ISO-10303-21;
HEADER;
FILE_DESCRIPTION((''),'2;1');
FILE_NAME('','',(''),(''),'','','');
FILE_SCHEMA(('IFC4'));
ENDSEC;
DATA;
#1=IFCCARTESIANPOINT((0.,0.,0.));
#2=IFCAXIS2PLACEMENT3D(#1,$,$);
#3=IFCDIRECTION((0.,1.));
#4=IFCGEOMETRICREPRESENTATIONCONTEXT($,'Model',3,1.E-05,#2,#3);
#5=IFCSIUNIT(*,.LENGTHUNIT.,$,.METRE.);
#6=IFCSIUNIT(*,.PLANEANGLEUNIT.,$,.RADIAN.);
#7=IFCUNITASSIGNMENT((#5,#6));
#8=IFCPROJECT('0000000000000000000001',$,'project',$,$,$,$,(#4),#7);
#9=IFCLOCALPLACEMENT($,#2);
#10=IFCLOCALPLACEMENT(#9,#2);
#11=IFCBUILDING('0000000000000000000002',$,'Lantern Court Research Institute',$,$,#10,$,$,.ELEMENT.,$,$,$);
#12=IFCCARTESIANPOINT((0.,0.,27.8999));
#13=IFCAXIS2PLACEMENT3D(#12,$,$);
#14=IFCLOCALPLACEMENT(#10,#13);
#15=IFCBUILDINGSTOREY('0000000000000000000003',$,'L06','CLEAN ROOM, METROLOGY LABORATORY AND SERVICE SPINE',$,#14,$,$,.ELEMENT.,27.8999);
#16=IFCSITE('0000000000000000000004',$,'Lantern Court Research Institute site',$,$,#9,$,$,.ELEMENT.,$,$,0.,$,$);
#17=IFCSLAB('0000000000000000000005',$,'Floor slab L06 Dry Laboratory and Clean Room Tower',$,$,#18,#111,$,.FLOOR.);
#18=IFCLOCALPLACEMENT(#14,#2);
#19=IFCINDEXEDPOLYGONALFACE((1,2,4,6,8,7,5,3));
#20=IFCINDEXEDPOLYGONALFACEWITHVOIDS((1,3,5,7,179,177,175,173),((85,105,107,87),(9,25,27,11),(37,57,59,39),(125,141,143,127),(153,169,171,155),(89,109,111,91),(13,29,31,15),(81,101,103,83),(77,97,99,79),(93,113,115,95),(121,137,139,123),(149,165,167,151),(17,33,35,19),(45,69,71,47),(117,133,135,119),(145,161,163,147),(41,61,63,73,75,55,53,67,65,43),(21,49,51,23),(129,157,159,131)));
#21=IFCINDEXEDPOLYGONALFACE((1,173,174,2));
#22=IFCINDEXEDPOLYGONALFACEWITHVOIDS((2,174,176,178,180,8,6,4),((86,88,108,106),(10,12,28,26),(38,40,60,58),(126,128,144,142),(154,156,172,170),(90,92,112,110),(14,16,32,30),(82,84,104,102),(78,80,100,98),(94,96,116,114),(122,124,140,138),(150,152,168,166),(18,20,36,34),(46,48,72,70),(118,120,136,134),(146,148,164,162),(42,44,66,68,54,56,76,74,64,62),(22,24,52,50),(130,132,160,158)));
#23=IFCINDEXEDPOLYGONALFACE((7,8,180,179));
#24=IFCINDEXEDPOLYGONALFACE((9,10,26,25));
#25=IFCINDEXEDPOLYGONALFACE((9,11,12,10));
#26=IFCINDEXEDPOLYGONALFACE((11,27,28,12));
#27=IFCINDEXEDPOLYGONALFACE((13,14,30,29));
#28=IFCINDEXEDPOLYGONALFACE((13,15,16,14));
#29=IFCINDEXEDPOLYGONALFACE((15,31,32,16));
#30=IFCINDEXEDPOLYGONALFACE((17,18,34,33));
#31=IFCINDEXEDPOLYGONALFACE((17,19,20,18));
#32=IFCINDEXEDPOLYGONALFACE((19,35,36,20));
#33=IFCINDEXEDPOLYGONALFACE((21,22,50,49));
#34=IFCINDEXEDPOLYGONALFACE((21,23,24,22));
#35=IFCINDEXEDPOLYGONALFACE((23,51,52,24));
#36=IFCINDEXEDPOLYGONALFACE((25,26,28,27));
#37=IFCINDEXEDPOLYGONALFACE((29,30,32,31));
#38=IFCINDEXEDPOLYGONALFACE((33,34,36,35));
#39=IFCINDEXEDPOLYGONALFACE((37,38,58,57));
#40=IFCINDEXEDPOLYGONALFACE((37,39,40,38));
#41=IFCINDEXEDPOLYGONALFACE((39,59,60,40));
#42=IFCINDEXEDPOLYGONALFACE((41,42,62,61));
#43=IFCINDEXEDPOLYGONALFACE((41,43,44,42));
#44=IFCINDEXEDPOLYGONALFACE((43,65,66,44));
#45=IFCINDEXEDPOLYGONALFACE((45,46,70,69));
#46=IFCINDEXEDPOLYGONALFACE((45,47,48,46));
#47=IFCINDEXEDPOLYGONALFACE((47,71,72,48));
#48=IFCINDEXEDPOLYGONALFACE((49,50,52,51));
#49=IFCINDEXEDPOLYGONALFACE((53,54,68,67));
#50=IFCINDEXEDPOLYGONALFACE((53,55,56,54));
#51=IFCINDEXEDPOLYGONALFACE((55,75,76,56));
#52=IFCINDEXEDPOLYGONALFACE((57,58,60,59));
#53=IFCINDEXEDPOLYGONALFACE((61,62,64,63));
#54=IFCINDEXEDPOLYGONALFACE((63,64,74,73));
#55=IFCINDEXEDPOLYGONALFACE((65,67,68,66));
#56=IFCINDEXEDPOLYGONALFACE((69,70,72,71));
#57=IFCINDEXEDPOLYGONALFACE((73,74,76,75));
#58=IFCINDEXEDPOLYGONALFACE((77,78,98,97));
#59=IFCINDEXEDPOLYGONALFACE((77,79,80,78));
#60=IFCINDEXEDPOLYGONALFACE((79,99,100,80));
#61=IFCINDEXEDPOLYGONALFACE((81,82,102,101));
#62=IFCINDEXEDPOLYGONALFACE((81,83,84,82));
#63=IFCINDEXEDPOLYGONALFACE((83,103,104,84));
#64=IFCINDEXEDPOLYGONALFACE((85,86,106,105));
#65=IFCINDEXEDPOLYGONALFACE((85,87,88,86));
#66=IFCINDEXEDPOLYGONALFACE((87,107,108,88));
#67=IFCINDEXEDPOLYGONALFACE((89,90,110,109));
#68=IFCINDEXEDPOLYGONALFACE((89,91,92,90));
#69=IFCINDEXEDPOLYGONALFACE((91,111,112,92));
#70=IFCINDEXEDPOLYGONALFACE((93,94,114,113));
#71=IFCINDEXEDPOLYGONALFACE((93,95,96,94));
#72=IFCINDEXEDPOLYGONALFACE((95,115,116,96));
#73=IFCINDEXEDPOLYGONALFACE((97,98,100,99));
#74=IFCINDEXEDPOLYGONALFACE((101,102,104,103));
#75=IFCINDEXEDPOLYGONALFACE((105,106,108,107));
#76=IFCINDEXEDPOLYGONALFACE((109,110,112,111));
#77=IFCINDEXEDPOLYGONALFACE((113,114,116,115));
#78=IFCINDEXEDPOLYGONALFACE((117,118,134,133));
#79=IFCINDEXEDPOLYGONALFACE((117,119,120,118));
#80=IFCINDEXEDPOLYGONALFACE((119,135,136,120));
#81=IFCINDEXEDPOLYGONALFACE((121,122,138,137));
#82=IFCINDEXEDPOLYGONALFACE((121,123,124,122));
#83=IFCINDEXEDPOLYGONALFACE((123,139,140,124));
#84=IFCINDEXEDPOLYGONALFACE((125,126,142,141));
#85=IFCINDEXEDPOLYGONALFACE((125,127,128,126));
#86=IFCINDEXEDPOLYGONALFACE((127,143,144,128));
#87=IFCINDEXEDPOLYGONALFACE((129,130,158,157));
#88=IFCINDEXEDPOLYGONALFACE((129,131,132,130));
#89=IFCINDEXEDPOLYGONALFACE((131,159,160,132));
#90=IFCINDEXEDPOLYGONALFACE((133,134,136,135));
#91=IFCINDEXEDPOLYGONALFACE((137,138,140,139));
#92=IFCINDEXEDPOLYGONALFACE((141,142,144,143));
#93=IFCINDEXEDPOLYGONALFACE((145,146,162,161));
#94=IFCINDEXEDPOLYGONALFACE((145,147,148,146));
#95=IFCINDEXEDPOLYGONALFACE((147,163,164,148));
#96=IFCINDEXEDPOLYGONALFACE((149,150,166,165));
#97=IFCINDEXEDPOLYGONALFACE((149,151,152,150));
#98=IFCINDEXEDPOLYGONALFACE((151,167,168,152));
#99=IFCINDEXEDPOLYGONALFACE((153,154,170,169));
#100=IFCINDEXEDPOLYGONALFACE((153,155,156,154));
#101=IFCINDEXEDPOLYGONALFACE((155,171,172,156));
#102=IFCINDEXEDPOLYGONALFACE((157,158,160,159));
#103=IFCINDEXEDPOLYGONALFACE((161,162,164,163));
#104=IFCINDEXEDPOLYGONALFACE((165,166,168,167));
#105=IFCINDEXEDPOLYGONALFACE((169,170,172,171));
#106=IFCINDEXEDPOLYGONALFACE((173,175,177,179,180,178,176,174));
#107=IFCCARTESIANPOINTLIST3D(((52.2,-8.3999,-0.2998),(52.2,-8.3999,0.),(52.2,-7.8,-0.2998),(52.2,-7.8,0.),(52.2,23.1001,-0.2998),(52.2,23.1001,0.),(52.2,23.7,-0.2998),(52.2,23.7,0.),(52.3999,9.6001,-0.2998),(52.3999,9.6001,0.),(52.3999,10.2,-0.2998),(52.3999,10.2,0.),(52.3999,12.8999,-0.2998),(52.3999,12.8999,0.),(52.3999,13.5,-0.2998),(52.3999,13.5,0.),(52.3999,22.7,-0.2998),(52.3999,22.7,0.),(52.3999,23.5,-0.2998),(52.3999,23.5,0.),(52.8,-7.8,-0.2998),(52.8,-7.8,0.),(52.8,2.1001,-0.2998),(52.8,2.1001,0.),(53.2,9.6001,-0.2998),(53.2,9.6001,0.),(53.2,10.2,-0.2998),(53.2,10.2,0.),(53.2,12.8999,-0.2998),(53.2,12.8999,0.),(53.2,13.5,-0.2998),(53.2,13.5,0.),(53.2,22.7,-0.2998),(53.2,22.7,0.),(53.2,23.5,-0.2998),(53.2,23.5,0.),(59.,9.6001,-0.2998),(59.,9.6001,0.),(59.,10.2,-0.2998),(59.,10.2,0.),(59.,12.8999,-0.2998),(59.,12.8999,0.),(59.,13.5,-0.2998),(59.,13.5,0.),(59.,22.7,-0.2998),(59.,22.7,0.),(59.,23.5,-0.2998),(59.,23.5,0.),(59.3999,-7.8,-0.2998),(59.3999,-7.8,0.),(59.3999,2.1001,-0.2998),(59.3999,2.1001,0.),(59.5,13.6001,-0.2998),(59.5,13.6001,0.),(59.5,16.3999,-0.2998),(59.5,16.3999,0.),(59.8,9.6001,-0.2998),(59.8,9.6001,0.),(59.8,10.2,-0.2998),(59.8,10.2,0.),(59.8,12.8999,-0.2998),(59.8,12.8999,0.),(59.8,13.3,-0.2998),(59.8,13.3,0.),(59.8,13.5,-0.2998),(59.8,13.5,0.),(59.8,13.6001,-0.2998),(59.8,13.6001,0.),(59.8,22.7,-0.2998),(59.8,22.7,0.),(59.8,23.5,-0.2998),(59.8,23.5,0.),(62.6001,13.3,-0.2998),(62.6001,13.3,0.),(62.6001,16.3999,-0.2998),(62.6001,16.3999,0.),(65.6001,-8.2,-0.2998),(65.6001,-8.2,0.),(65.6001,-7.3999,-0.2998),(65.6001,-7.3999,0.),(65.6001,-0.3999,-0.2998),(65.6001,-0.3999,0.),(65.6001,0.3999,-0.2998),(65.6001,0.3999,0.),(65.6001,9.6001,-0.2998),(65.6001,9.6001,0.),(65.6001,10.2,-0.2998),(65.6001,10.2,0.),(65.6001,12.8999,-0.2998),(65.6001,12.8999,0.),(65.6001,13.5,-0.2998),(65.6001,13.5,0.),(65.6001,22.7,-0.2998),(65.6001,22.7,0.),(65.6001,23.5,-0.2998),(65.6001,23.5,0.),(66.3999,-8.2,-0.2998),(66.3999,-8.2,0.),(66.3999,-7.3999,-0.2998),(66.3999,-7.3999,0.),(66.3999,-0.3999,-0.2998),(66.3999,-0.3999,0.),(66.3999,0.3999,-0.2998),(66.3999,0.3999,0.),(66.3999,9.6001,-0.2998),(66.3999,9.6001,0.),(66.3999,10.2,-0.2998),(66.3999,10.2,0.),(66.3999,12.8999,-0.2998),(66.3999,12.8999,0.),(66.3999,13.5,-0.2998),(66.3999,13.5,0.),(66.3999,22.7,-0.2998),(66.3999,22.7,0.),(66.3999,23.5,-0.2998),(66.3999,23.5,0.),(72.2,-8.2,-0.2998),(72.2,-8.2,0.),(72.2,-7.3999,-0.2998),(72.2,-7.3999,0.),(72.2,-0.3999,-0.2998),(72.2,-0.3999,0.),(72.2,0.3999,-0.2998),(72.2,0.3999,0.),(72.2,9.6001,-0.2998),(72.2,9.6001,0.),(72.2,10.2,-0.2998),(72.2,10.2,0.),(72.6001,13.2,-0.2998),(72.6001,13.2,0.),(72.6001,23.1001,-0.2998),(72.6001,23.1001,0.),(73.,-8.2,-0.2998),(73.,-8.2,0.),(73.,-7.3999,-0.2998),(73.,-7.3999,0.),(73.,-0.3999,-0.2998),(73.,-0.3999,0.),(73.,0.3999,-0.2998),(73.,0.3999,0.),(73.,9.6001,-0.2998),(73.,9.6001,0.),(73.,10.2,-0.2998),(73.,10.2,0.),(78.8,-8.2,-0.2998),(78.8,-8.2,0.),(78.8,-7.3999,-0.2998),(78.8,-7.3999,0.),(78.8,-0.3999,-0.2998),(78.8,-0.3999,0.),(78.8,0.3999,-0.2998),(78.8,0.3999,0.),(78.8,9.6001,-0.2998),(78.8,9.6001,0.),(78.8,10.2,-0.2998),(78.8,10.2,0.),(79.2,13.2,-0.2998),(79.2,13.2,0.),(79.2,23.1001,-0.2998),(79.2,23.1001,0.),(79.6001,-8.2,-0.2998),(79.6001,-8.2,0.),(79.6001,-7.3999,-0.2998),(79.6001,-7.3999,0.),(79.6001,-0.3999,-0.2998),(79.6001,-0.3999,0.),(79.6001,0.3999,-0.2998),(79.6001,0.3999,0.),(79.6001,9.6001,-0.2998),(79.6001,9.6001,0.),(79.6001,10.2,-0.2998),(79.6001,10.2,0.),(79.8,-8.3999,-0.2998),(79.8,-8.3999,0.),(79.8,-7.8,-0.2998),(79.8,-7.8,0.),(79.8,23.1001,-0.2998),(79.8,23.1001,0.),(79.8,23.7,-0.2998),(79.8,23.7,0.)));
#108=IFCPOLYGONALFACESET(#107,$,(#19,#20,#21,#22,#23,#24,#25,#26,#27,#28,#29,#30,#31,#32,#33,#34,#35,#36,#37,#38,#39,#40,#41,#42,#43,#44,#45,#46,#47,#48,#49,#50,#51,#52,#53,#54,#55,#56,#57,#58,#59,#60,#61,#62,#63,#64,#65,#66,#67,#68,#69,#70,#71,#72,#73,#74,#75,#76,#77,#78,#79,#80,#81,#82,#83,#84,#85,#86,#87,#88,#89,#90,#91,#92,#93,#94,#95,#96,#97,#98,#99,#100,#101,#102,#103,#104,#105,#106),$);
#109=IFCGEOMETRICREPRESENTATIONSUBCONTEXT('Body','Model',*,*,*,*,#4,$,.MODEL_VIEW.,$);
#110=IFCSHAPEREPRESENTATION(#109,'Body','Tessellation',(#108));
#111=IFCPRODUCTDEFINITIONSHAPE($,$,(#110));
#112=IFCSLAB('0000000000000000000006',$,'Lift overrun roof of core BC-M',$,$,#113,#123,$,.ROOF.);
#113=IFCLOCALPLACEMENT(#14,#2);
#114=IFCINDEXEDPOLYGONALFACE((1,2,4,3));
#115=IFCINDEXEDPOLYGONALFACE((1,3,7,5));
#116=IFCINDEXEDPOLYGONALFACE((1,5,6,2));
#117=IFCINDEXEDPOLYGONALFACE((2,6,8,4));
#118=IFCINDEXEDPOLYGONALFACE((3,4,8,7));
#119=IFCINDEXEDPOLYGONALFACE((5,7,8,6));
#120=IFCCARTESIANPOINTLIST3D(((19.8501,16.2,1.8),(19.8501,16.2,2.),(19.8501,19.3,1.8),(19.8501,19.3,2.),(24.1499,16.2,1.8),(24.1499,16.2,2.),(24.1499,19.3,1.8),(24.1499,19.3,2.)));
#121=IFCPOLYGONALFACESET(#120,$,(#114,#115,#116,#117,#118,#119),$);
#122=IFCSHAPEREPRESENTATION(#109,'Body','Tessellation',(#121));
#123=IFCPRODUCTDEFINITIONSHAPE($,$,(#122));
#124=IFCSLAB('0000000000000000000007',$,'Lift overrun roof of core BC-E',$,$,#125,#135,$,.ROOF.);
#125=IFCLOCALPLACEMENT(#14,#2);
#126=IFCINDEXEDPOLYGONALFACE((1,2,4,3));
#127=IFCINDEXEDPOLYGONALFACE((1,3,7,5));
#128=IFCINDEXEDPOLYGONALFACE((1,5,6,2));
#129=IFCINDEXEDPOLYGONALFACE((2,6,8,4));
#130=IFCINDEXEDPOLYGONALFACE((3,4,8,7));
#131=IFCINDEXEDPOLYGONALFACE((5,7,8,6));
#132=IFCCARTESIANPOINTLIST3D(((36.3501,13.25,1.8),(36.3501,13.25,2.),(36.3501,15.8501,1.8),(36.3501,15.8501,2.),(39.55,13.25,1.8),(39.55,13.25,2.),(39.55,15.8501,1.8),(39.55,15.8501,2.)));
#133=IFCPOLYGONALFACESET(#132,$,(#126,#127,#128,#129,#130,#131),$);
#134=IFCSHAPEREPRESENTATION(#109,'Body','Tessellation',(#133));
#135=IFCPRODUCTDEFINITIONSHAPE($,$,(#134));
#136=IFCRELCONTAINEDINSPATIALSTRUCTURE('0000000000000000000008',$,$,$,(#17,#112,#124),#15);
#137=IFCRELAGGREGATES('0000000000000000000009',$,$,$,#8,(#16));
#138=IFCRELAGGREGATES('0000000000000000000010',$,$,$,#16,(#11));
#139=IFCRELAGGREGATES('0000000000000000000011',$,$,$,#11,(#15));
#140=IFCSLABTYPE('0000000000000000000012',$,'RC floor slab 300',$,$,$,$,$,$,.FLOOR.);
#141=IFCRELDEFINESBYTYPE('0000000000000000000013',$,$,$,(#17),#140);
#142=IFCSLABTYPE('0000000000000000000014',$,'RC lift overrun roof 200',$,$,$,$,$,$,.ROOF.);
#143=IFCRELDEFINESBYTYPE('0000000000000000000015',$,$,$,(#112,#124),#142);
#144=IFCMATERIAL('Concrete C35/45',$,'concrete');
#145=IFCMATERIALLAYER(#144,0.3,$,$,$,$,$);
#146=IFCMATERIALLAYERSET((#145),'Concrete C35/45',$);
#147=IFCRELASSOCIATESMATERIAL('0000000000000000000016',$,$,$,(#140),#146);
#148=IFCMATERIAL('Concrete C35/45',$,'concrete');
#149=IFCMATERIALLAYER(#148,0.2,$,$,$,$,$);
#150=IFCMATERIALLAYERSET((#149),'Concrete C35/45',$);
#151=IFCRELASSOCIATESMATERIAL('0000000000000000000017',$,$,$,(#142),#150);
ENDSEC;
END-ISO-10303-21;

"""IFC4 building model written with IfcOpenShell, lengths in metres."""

from ifc_helpers import new_model, si_unit, direction, frame, origin, place, context, subcontext, project, spatial, polyline, outline, extrude, material, layer, layer_set, type_object, element, save


model = new_model("IFC4")

# Units and contexts
model_context = context("Model", 3, precision=1e-05, world=origin(), true_north=direction((0.0, 1.0)))
body_context = subcontext(model_context, "Body", "Model", "MODEL_VIEW")
ifc_project = project(units=[si_unit("LENGTHUNIT", "METRE"), si_unit("PLANEANGLEUNIT", "RADIAN")], contexts=[model_context])

# Site, building, storey
site_placement = place(None, origin())
site = spatial("IfcSite", under=ifc_project, at=site_placement, Name="Lantern Court Research Institute site", CompositionType="ELEMENT", RefElevation=0.0)
building_placement = place(site_placement, origin())
building = spatial("IfcBuilding", under=site, at=building_placement, Name="Lantern Court Research Institute", CompositionType="ELEMENT")
storey_placement = place(building_placement, frame((0.0, 0.0, 27.8999)))
storey = spatial("IfcBuildingStorey", under=building, at=storey_placement, Name="L06", Description="CLEAN ROOM, METROLOGY LABORATORY AND SERVICE SPINE", CompositionType="ELEMENT", Elevation=27.8999)

# Slabs
ifc_material_1 = material(Name="Concrete C35/45", Category="concrete")
ifc_layer_1 = layer(ifc_material_1, 0.3)
ifc_layer_set_1 = layer_set([ifc_layer_1], Name="Concrete C35/45")
slab_type_1 = type_object("IfcSlabType", Name="RC floor slab 300", PredefinedType="FLOOR", material=ifc_layer_set_1)
slab_1_placement = place(storey_placement, frame((0.0, 0.0, -0.2998)))
element("IfcSlab", 1, at=slab_1_placement, inside=storey, type_object=slab_type_1, Name="Floor slab L06 Dry Laboratory and Clean Room Tower", PredefinedType="FLOOR", context=body_context, shape_type="SweptSolid", body=[
    extrude(outline(polyline([(52.2, 23.1001), (52.2, -7.8), (52.2, -8.3999), (79.8, -8.3999), (79.8, -7.8), (79.8, 23.1001), (79.8, 23.7), (52.2, 23.7), (52.2, 23.1001)]), holes=[polyline([(78.8, 10.2), (79.6001, 10.2), (79.6001, 9.6001), (78.8, 9.6001), (78.8, 10.2)]), polyline([(79.6001, 0.3999), (79.6001, -0.3999), (78.8, -0.3999), (78.8, 0.3999), (79.6001, 0.3999)]), polyline([(78.8, -7.3999), (79.6001, -7.3999), (79.6001, -8.2), (78.8, -8.2), (78.8, -7.3999)]), polyline([(79.2, 23.1001), (79.2, 13.2), (72.6001, 13.2), (72.6001, 23.1001), (79.2, 23.1001)]), polyline([(72.2, 10.2), (73.0, 10.2), (73.0, 9.6001), (72.2, 9.6001), (72.2, 10.2)]), polyline([(73.0, 0.3999), (73.0, -0.3999), (72.2, -0.3999), (72.2, 0.3999), (73.0, 0.3999)]), polyline([(72.2, -7.3999), (73.0, -7.3999), (73.0, -8.2), (72.2, -8.2), (72.2, -7.3999)]), polyline([(65.6001, 10.2), (66.3999, 10.2), (66.3999, 9.6001), (65.6001, 9.6001), (65.6001, 10.2)]), polyline([(66.3999, 23.5), (66.3999, 22.7), (65.6001, 22.7), (65.6001, 23.5), (66.3999, 23.5)]), polyline([(65.6001, 13.5), (66.3999, 13.5), (66.3999, 12.8999), (65.6001, 12.8999), (65.6001, 13.5)]), polyline([(65.6001, 0.3999), (66.3999, 0.3999), (66.3999, -0.3999), (65.6001, -0.3999), (65.6001, 0.3999)]), polyline([(65.6001, -7.3999), (66.3999, -7.3999), (66.3999, -8.2), (65.6001, -8.2), (65.6001, -7.3999)]), polyline([(59.0, 23.5), (59.8, 23.5), (59.8, 22.7), (59.0, 22.7), (59.0, 23.5)]), polyline([(59.8, 13.3), (59.8, 12.8999), (59.0, 12.8999), (59.0, 13.5), (59.8, 13.5), (59.8, 13.6001), (59.5, 13.6001), (59.5, 16.3999), (62.6001, 16.3999), (62.6001, 13.3), (59.8, 13.3)]), polyline([(59.0, 10.2), (59.8, 10.2), (59.8, 9.6001), (59.0, 9.6001), (59.0, 10.2)]), polyline([(52.8, 2.1001), (59.3999, 2.1001), (59.3999, -7.8), (52.8, -7.8), (52.8, 2.1001)]), polyline([(53.2, 23.5), (53.2, 22.7), (52.3999, 22.7), (52.3999, 23.5), (53.2, 23.5)]), polyline([(52.3999, 13.5), (53.2, 13.5), (53.2, 12.8999), (52.3999, 12.8999), (52.3999, 13.5)]), polyline([(52.3999, 10.2), (53.2, 10.2), (53.2, 9.6001), (52.3999, 9.6001), (52.3999, 10.2)])]), origin(), (0.0, 0.0, 1.0), 0.2998),
])
ifc_material_2 = material(Name="Concrete C35/45", Category="concrete")
ifc_layer_2 = layer(ifc_material_2, 0.2)
ifc_layer_set_2 = layer_set([ifc_layer_2], Name="Concrete C35/45")
slab_type_2 = type_object("IfcSlabType", Name="RC lift overrun roof 200", PredefinedType="ROOF", material=ifc_layer_set_2)
slab_2_placement = place(storey_placement, frame((0.0, 0.0, 1.8)))
element("IfcSlab", 2, at=slab_2_placement, inside=storey, type_object=slab_type_2, Name="Lift overrun roof of core BC-M", PredefinedType="ROOF", context=body_context, shape_type="SweptSolid", body=[
    extrude(outline(polyline([(19.8501, 16.2), (24.1499, 16.2), (24.1499, 19.3), (19.8501, 19.3), (19.8501, 16.2)])), origin(), (0.0, 0.0, 1.0), 0.2),
])
slab_3_placement = place(storey_placement, frame((0.0, 0.0, 1.8)))
element("IfcSlab", 3, at=slab_3_placement, inside=storey, type_object=slab_type_2, Name="Lift overrun roof of core BC-E", PredefinedType="ROOF", context=body_context, shape_type="SweptSolid", body=[
    extrude(outline(polyline([(36.3501, 13.25), (39.55, 13.25), (39.55, 15.8501), (36.3501, 15.8501), (36.3501, 13.25)])), origin(), (0.0, 0.0, 1.0), 0.2),
])

save(model, "model.ifc")
